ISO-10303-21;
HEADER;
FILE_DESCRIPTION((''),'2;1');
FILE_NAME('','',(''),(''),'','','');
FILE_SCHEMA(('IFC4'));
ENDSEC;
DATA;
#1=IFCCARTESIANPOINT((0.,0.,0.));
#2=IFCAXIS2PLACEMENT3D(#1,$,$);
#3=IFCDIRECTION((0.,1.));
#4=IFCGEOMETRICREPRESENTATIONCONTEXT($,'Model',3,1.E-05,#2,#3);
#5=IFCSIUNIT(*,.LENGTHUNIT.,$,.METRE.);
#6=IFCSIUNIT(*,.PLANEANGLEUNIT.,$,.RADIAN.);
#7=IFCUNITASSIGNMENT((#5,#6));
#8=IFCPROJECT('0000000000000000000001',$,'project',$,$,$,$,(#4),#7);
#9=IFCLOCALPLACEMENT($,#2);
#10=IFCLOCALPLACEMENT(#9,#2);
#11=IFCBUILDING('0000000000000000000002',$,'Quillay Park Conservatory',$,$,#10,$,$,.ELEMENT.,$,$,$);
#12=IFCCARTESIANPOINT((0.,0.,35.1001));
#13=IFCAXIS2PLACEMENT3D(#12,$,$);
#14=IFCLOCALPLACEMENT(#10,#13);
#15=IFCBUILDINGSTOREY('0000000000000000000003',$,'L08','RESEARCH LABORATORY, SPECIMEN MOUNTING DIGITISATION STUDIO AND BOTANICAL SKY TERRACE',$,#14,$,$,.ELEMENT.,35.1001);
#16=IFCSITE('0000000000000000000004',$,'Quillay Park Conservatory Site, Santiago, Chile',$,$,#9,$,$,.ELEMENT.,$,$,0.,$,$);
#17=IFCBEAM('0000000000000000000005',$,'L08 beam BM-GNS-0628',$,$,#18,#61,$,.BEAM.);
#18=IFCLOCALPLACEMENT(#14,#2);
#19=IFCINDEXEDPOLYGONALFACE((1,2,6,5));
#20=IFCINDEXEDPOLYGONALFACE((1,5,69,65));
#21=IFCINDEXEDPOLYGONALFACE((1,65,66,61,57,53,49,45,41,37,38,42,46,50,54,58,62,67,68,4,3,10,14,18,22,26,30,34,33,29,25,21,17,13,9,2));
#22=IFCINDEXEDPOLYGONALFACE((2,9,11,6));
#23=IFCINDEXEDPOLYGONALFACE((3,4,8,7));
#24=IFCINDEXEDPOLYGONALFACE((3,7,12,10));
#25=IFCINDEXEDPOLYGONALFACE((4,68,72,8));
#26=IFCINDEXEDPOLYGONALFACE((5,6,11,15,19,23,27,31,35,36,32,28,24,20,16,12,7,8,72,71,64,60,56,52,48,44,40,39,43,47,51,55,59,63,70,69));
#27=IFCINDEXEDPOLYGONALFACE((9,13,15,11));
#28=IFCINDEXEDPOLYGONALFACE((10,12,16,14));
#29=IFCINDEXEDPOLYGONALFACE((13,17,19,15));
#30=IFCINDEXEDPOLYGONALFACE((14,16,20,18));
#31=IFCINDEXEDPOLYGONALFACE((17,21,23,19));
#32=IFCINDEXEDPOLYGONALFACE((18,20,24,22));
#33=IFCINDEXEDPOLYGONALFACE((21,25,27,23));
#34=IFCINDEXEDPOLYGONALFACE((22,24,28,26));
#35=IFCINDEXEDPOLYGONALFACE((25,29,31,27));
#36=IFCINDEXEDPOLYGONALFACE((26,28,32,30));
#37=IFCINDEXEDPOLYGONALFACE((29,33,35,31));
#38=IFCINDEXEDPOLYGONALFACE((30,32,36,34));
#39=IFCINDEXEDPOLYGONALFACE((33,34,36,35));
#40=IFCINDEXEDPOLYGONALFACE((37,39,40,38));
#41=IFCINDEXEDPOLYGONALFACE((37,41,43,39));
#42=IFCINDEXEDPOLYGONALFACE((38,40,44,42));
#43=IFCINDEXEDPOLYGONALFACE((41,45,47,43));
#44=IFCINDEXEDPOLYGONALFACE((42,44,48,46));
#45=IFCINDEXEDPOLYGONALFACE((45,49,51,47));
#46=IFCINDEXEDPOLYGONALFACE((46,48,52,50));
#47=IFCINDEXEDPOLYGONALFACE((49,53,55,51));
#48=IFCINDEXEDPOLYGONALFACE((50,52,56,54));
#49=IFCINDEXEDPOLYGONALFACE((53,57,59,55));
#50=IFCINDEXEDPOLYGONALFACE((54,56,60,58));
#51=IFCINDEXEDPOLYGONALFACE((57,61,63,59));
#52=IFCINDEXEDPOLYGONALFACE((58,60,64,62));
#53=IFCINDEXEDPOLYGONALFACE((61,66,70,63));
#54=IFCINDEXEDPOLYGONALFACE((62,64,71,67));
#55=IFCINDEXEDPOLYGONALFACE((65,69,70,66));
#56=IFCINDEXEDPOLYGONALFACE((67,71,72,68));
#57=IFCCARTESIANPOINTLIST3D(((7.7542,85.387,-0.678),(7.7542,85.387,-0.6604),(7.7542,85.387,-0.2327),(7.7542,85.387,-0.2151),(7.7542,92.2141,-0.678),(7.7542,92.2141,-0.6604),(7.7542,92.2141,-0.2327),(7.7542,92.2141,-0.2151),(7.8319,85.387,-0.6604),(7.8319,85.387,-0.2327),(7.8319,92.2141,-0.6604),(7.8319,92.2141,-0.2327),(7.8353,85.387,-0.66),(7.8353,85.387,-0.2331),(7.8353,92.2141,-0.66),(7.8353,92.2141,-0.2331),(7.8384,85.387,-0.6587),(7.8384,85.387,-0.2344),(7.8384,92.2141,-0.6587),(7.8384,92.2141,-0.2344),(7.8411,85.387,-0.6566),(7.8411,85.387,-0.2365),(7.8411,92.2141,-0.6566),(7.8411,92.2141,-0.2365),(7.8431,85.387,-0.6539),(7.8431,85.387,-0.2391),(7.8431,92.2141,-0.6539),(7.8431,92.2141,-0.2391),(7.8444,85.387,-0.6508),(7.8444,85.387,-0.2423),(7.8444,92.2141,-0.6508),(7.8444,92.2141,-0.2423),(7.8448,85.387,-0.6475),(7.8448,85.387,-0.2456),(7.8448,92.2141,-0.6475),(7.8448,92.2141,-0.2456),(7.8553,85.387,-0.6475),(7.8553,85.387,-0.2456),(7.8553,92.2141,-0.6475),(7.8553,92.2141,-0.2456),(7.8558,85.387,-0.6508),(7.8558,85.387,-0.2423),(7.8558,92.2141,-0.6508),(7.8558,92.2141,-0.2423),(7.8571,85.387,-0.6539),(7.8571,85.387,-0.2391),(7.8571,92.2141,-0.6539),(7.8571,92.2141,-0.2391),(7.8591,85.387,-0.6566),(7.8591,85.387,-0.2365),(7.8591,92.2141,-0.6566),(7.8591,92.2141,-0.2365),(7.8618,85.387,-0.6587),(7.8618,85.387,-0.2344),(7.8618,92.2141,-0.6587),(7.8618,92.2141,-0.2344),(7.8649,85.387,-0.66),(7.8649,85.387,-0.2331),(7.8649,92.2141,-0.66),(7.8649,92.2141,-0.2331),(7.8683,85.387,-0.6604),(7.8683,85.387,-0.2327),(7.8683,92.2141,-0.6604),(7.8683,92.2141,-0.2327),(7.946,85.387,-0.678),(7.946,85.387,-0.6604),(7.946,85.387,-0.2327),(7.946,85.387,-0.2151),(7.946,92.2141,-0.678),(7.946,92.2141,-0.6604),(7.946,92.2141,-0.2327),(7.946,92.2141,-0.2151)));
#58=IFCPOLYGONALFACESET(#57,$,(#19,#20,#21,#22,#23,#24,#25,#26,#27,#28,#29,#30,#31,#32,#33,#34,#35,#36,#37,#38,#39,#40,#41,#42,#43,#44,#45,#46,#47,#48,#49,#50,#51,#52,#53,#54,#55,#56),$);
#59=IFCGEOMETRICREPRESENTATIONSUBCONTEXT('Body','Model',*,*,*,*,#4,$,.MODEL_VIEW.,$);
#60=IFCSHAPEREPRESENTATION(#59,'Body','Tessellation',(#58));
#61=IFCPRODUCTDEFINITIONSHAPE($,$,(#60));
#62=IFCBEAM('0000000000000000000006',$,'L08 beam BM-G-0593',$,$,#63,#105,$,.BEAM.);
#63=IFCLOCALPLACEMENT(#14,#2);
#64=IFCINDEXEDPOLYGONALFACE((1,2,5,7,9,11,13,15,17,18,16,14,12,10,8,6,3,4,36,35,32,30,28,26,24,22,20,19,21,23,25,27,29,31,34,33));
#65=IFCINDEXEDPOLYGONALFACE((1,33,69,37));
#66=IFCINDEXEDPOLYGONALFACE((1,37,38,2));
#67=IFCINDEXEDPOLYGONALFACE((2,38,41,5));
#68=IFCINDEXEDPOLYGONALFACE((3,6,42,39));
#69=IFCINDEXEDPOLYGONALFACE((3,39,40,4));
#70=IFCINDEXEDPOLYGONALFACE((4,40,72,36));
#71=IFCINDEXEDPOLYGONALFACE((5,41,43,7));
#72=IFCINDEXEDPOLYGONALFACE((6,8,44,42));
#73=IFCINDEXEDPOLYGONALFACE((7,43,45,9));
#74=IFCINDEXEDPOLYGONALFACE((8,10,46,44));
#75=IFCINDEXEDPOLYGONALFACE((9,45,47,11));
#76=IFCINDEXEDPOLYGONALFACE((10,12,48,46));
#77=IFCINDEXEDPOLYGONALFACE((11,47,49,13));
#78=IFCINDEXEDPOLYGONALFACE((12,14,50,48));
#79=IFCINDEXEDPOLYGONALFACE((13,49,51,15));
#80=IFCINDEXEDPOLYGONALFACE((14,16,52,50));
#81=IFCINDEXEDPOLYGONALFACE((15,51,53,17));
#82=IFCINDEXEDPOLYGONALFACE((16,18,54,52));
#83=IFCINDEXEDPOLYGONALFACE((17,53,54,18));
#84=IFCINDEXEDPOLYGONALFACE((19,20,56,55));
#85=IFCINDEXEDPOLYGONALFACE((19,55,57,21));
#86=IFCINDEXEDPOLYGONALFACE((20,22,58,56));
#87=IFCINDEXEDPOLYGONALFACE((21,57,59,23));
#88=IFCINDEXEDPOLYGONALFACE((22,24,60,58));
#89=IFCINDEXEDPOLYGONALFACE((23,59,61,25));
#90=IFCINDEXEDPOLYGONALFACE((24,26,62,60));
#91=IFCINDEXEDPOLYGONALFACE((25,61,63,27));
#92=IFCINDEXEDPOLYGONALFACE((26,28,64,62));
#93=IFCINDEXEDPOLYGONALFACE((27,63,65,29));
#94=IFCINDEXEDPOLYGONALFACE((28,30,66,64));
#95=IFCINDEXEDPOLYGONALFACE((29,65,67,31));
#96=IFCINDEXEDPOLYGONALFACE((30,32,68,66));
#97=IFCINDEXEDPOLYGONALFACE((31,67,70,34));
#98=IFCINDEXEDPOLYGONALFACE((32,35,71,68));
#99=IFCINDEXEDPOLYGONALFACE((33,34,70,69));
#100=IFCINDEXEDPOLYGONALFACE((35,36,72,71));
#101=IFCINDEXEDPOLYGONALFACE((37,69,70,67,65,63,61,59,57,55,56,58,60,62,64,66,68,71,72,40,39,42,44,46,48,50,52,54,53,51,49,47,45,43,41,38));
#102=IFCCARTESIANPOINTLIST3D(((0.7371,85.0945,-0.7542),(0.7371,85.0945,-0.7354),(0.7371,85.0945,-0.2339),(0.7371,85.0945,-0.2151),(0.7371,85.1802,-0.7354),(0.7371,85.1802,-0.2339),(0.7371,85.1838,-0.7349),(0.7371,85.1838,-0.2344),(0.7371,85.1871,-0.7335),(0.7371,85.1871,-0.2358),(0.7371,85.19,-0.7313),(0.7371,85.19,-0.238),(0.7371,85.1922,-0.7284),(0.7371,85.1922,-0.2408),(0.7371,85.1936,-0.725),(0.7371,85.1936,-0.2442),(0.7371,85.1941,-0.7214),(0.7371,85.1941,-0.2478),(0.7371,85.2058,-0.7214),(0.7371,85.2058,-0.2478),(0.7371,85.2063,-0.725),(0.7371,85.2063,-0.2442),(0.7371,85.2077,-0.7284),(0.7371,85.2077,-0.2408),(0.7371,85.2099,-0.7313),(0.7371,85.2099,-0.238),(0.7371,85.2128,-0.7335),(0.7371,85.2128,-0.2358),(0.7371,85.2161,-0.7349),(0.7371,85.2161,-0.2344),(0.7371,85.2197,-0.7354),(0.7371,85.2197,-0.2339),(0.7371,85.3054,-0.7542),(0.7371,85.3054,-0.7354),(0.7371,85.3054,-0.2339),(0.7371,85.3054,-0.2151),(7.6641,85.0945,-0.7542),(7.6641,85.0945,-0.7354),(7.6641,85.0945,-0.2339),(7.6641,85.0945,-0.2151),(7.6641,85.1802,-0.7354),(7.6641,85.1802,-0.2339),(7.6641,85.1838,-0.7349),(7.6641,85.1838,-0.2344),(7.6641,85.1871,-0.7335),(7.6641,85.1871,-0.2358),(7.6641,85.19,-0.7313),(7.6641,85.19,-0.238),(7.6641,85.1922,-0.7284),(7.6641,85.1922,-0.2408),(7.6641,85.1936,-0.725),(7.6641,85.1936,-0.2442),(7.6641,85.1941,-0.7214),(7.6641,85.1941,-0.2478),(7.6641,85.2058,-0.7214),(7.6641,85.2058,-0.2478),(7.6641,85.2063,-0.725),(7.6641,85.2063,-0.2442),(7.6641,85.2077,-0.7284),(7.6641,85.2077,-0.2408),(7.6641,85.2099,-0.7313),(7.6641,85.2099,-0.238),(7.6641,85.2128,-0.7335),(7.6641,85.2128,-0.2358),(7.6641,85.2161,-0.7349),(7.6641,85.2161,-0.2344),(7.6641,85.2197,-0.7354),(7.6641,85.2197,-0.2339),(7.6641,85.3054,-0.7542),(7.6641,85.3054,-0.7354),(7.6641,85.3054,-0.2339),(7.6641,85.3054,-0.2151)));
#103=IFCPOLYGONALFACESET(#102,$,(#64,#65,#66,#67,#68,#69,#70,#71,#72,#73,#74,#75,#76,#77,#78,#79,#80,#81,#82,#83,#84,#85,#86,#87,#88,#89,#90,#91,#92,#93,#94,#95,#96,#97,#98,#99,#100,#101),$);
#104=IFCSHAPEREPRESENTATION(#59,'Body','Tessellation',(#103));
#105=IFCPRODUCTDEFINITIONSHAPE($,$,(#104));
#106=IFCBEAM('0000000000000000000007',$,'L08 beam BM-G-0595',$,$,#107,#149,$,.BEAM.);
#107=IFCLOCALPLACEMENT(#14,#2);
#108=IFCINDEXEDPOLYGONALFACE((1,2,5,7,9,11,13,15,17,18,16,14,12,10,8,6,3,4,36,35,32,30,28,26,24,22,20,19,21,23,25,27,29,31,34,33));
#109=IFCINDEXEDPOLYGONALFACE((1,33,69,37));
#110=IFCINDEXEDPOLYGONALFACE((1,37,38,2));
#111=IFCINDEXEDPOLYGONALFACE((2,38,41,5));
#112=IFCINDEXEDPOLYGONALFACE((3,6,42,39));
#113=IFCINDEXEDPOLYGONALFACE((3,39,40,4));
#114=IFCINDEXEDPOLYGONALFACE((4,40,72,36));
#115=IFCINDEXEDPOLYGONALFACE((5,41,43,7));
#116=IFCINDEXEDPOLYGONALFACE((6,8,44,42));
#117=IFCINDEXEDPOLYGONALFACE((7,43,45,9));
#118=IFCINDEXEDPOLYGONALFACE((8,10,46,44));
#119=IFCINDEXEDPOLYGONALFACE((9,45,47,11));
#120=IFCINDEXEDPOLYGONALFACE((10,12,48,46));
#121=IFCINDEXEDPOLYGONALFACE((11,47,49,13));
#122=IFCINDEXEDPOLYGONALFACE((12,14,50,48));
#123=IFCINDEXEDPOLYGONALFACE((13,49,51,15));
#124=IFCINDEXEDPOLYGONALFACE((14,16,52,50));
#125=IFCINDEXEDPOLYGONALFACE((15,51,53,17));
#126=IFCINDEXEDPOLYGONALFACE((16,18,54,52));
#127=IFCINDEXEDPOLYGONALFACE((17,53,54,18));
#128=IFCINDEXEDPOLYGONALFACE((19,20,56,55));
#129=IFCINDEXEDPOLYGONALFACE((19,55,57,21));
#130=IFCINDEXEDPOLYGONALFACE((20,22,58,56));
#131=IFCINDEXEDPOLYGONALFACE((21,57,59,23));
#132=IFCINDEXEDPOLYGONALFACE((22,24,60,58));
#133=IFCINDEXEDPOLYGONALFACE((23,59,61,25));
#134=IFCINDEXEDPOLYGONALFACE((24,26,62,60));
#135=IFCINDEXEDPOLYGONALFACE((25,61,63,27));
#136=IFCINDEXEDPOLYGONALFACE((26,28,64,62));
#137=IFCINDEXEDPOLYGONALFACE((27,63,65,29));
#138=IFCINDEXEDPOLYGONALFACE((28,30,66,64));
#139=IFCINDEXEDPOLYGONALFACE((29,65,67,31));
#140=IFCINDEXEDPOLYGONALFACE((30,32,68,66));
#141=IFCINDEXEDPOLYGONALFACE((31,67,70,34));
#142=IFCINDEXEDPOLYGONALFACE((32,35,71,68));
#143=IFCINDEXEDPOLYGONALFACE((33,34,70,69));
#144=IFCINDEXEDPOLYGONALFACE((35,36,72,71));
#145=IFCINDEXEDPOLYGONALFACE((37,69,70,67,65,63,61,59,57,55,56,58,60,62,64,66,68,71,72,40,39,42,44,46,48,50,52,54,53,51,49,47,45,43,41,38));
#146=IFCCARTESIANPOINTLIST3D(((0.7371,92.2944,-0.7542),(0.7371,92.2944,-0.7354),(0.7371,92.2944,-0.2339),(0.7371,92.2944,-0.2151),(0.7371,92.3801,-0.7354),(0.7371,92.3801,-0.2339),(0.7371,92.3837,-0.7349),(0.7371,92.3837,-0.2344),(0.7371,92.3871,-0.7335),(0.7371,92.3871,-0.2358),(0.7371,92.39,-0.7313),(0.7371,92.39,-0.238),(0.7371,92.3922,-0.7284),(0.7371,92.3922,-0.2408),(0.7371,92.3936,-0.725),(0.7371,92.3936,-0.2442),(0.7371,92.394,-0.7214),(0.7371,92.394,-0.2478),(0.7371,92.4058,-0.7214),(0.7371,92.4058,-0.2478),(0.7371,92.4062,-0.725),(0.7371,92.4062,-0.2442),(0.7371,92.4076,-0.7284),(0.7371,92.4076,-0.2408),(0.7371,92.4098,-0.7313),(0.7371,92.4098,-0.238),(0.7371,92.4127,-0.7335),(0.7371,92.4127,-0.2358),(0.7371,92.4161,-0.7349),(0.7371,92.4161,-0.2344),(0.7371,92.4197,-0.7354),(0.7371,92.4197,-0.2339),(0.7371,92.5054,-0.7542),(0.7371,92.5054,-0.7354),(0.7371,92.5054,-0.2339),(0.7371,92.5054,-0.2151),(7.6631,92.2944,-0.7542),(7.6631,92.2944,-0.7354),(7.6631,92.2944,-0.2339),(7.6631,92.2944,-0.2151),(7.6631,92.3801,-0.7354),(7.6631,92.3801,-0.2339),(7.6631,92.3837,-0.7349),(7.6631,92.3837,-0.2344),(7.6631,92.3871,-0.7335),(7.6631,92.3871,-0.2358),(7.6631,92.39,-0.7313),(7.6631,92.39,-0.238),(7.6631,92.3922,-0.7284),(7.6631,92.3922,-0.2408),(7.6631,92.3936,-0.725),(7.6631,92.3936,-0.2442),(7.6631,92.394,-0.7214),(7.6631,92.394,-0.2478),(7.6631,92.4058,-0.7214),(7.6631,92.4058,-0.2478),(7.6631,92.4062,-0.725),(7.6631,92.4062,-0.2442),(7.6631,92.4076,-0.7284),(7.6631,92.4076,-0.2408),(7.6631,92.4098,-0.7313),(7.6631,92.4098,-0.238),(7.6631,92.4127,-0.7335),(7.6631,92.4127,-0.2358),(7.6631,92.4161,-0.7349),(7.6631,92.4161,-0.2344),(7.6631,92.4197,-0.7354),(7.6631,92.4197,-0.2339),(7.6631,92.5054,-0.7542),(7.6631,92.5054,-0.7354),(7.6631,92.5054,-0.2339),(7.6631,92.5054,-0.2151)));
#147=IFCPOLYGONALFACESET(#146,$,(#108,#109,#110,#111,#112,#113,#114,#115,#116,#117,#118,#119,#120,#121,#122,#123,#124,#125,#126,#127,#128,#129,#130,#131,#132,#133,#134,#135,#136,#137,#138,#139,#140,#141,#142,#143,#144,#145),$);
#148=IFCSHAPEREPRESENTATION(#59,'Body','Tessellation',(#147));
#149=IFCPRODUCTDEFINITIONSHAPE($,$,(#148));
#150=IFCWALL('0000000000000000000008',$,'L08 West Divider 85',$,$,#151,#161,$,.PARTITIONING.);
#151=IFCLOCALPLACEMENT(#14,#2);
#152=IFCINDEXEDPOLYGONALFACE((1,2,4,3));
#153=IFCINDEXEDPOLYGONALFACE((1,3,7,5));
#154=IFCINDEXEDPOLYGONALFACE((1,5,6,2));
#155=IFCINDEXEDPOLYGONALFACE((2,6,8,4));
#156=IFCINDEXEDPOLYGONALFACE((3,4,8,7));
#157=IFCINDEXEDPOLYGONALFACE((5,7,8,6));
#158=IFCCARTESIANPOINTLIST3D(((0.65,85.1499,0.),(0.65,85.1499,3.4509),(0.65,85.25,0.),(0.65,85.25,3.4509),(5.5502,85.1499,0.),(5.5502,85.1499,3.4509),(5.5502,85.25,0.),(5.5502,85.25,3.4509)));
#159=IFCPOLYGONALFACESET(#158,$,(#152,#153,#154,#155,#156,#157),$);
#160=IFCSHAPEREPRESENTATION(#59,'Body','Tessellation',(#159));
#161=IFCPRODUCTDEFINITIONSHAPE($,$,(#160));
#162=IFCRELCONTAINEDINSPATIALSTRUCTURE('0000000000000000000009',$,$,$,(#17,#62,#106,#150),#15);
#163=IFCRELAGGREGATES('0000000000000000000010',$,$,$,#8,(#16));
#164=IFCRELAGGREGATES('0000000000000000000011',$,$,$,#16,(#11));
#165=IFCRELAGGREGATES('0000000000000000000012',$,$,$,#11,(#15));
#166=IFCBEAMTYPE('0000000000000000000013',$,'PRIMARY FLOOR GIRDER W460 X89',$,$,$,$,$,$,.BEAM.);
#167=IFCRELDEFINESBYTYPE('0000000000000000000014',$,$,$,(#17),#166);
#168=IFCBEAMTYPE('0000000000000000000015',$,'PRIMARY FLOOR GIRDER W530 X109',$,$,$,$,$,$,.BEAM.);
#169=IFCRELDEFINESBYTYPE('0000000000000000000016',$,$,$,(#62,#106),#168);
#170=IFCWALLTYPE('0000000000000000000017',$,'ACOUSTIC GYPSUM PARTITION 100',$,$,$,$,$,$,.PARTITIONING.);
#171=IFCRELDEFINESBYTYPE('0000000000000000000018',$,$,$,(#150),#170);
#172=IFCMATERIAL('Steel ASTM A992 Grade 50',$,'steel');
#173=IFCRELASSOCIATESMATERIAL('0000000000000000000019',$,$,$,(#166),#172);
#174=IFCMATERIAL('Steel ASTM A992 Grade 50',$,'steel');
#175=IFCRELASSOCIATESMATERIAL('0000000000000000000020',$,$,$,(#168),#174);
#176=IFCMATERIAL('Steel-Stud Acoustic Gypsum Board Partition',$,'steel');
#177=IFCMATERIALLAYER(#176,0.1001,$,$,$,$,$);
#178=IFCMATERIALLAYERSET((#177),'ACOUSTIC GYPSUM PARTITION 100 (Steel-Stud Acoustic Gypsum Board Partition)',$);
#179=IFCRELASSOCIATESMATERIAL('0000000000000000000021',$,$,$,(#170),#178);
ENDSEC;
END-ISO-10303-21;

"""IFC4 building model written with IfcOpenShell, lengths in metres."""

from ifc_helpers import new_model, si_unit, direction, frame, frame_2d, origin, origin_2d, place, context, subcontext, project, spatial, rectangle, i_section, extrude, material, layer, layer_set, material_profile, profile_set, type_object, element, save


model = new_model("IFC4")

# Units and contexts
model_context = context("Model", 3, precision=1e-05, world=origin(), true_north=direction((0.0, 1.0)))
body_context = subcontext(model_context, "Body", "Model", "MODEL_VIEW")
ifc_project = project(units=[si_unit("LENGTHUNIT", "METRE"), si_unit("PLANEANGLEUNIT", "RADIAN")], contexts=[model_context])

# Site, building, storey
site_placement = place(None, origin())
site = spatial("IfcSite", under=ifc_project, at=site_placement, Name="Quillay Park Conservatory Site, Santiago, Chile", CompositionType="ELEMENT", RefElevation=0.0)
building_placement = place(site_placement, origin())
building = spatial("IfcBuilding", under=site, at=building_placement, Name="Quillay Park Conservatory", CompositionType="ELEMENT")
storey_placement = place(building_placement, frame((0.0, 0.0, 35.1001)))
storey = spatial("IfcBuildingStorey", under=building, at=storey_placement, Name="L08", Description="RESEARCH LABORATORY, SPECIMEN MOUNTING DIGITISATION STUDIO AND BOTANICAL SKY TERRACE", CompositionType="ELEMENT", Elevation=35.1001)

# Beams
ifc_material_1 = material(Name="Steel ASTM A992 Grade 50", Category="steel")
ifc_material_profile_1 = material_profile(ifc_material_1, i_section(OverallWidth=0.1919, OverallDepth=0.4629, WebThickness=0.0105, FlangeThickness=0.0176, FilletRadius=0.0129, at=origin_2d()), Name="W460x89")
ifc_profile_set_1 = profile_set([ifc_material_profile_1], Name="Steel ASTM A992 Grade 50")
beam_type_1 = type_object("IfcBeamType", Name="PRIMARY FLOOR GIRDER W460 X89", PredefinedType="BEAM", material=ifc_profile_set_1)
beam_1_placement = place(storey_placement, frame((7.8501, 85.387, -0.4465), z_axis=(0.0, 1.0, 0.0), x_axis=(-1.0, 0.0, 0.0)))
element("IfcBeam", 1, at=beam_1_placement, inside=storey, type_object=beam_type_1, Name="L08 beam BM-GNS-0628", PredefinedType="BEAM", context=body_context, shape_type="SweptSolid", body=[
    extrude(i_section(OverallWidth=0.1919, OverallDepth=0.4629, WebThickness=0.0105, FlangeThickness=0.0176, FilletRadius=0.0129, at=origin_2d()), origin(), (0.0, 0.0, 1.0), 6.8271),
])
ifc_material_2 = material(Name="Steel ASTM A992 Grade 50", Category="steel")
ifc_material_profile_2 = material_profile(ifc_material_2, i_section(OverallWidth=0.2109, OverallDepth=0.5391, WebThickness=0.0117, FlangeThickness=0.0188, FilletRadius=0.0139, at=origin_2d()), Name="W530x109")
ifc_profile_set_2 = profile_set([ifc_material_profile_2], Name="Steel ASTM A992 Grade 50")
beam_type_2 = type_object("IfcBeamType", Name="PRIMARY FLOOR GIRDER W530 X109", PredefinedType="BEAM", material=ifc_profile_set_2)
beam_2_placement = place(storey_placement, frame((0.7371, 85.2, -0.4846), z_axis=(1.0, 0.0, 0.0), x_axis=(0.0, 1.0, 0.0)))
element("IfcBeam", 2, at=beam_2_placement, inside=storey, type_object=beam_type_2, Name="L08 beam BM-G-0593", PredefinedType="BEAM", context=body_context, shape_type="SweptSolid", body=[
    extrude(i_section(OverallWidth=0.2109, OverallDepth=0.5391, WebThickness=0.0117, FlangeThickness=0.0188, FilletRadius=0.0139, at=origin_2d()), origin(), (0.0, 0.0, 1.0), 6.927),
])
beam_3_placement = place(storey_placement, frame((0.7371, 92.3999, -0.4846), z_axis=(1.0, 0.0, 0.0), x_axis=(0.0, 1.0, 0.0)))
element("IfcBeam", 3, at=beam_3_placement, inside=storey, type_object=beam_type_2, Name="L08 beam BM-G-0595", PredefinedType="BEAM", context=body_context, shape_type="SweptSolid", body=[
    extrude(i_section(OverallWidth=0.2109, OverallDepth=0.5391, WebThickness=0.0117, FlangeThickness=0.0188, FilletRadius=0.0139, at=origin_2d()), origin(), (0.0, 0.0, 1.0), 6.926),
])

# Wall
ifc_material_3 = material(Name="Steel-Stud Acoustic Gypsum Board Partition", Category="steel")
ifc_layer_1 = layer(ifc_material_3, 0.1001)
ifc_layer_set_1 = layer_set([ifc_layer_1], Name="ACOUSTIC GYPSUM PARTITION 100 (Steel-Stud Acoustic Gypsum Board Partition)")
wall_type_1 = type_object("IfcWallType", Name="ACOUSTIC GYPSUM PARTITION 100", PredefinedType="PARTITIONING", material=ifc_layer_set_1)
wall_1_placement = place(storey_placement, frame((0.6499, 85.2, 0.0), z_axis=(0.0, 0.0, 1.0), x_axis=(1.0, 0.0, 0.0)))
element("IfcWall", 4, at=wall_1_placement, inside=storey, type_object=wall_type_1, Name="L08 West Divider 85", PredefinedType="PARTITIONING", context=body_context, shape_type="SweptSolid", body=[
    extrude(rectangle(XDim=4.9001, YDim=0.1001, at=frame_2d((2.4502, 0.0))), origin(), (0.0, 0.0, 1.0), 3.4509),
])

save(model, "model.ifc")
